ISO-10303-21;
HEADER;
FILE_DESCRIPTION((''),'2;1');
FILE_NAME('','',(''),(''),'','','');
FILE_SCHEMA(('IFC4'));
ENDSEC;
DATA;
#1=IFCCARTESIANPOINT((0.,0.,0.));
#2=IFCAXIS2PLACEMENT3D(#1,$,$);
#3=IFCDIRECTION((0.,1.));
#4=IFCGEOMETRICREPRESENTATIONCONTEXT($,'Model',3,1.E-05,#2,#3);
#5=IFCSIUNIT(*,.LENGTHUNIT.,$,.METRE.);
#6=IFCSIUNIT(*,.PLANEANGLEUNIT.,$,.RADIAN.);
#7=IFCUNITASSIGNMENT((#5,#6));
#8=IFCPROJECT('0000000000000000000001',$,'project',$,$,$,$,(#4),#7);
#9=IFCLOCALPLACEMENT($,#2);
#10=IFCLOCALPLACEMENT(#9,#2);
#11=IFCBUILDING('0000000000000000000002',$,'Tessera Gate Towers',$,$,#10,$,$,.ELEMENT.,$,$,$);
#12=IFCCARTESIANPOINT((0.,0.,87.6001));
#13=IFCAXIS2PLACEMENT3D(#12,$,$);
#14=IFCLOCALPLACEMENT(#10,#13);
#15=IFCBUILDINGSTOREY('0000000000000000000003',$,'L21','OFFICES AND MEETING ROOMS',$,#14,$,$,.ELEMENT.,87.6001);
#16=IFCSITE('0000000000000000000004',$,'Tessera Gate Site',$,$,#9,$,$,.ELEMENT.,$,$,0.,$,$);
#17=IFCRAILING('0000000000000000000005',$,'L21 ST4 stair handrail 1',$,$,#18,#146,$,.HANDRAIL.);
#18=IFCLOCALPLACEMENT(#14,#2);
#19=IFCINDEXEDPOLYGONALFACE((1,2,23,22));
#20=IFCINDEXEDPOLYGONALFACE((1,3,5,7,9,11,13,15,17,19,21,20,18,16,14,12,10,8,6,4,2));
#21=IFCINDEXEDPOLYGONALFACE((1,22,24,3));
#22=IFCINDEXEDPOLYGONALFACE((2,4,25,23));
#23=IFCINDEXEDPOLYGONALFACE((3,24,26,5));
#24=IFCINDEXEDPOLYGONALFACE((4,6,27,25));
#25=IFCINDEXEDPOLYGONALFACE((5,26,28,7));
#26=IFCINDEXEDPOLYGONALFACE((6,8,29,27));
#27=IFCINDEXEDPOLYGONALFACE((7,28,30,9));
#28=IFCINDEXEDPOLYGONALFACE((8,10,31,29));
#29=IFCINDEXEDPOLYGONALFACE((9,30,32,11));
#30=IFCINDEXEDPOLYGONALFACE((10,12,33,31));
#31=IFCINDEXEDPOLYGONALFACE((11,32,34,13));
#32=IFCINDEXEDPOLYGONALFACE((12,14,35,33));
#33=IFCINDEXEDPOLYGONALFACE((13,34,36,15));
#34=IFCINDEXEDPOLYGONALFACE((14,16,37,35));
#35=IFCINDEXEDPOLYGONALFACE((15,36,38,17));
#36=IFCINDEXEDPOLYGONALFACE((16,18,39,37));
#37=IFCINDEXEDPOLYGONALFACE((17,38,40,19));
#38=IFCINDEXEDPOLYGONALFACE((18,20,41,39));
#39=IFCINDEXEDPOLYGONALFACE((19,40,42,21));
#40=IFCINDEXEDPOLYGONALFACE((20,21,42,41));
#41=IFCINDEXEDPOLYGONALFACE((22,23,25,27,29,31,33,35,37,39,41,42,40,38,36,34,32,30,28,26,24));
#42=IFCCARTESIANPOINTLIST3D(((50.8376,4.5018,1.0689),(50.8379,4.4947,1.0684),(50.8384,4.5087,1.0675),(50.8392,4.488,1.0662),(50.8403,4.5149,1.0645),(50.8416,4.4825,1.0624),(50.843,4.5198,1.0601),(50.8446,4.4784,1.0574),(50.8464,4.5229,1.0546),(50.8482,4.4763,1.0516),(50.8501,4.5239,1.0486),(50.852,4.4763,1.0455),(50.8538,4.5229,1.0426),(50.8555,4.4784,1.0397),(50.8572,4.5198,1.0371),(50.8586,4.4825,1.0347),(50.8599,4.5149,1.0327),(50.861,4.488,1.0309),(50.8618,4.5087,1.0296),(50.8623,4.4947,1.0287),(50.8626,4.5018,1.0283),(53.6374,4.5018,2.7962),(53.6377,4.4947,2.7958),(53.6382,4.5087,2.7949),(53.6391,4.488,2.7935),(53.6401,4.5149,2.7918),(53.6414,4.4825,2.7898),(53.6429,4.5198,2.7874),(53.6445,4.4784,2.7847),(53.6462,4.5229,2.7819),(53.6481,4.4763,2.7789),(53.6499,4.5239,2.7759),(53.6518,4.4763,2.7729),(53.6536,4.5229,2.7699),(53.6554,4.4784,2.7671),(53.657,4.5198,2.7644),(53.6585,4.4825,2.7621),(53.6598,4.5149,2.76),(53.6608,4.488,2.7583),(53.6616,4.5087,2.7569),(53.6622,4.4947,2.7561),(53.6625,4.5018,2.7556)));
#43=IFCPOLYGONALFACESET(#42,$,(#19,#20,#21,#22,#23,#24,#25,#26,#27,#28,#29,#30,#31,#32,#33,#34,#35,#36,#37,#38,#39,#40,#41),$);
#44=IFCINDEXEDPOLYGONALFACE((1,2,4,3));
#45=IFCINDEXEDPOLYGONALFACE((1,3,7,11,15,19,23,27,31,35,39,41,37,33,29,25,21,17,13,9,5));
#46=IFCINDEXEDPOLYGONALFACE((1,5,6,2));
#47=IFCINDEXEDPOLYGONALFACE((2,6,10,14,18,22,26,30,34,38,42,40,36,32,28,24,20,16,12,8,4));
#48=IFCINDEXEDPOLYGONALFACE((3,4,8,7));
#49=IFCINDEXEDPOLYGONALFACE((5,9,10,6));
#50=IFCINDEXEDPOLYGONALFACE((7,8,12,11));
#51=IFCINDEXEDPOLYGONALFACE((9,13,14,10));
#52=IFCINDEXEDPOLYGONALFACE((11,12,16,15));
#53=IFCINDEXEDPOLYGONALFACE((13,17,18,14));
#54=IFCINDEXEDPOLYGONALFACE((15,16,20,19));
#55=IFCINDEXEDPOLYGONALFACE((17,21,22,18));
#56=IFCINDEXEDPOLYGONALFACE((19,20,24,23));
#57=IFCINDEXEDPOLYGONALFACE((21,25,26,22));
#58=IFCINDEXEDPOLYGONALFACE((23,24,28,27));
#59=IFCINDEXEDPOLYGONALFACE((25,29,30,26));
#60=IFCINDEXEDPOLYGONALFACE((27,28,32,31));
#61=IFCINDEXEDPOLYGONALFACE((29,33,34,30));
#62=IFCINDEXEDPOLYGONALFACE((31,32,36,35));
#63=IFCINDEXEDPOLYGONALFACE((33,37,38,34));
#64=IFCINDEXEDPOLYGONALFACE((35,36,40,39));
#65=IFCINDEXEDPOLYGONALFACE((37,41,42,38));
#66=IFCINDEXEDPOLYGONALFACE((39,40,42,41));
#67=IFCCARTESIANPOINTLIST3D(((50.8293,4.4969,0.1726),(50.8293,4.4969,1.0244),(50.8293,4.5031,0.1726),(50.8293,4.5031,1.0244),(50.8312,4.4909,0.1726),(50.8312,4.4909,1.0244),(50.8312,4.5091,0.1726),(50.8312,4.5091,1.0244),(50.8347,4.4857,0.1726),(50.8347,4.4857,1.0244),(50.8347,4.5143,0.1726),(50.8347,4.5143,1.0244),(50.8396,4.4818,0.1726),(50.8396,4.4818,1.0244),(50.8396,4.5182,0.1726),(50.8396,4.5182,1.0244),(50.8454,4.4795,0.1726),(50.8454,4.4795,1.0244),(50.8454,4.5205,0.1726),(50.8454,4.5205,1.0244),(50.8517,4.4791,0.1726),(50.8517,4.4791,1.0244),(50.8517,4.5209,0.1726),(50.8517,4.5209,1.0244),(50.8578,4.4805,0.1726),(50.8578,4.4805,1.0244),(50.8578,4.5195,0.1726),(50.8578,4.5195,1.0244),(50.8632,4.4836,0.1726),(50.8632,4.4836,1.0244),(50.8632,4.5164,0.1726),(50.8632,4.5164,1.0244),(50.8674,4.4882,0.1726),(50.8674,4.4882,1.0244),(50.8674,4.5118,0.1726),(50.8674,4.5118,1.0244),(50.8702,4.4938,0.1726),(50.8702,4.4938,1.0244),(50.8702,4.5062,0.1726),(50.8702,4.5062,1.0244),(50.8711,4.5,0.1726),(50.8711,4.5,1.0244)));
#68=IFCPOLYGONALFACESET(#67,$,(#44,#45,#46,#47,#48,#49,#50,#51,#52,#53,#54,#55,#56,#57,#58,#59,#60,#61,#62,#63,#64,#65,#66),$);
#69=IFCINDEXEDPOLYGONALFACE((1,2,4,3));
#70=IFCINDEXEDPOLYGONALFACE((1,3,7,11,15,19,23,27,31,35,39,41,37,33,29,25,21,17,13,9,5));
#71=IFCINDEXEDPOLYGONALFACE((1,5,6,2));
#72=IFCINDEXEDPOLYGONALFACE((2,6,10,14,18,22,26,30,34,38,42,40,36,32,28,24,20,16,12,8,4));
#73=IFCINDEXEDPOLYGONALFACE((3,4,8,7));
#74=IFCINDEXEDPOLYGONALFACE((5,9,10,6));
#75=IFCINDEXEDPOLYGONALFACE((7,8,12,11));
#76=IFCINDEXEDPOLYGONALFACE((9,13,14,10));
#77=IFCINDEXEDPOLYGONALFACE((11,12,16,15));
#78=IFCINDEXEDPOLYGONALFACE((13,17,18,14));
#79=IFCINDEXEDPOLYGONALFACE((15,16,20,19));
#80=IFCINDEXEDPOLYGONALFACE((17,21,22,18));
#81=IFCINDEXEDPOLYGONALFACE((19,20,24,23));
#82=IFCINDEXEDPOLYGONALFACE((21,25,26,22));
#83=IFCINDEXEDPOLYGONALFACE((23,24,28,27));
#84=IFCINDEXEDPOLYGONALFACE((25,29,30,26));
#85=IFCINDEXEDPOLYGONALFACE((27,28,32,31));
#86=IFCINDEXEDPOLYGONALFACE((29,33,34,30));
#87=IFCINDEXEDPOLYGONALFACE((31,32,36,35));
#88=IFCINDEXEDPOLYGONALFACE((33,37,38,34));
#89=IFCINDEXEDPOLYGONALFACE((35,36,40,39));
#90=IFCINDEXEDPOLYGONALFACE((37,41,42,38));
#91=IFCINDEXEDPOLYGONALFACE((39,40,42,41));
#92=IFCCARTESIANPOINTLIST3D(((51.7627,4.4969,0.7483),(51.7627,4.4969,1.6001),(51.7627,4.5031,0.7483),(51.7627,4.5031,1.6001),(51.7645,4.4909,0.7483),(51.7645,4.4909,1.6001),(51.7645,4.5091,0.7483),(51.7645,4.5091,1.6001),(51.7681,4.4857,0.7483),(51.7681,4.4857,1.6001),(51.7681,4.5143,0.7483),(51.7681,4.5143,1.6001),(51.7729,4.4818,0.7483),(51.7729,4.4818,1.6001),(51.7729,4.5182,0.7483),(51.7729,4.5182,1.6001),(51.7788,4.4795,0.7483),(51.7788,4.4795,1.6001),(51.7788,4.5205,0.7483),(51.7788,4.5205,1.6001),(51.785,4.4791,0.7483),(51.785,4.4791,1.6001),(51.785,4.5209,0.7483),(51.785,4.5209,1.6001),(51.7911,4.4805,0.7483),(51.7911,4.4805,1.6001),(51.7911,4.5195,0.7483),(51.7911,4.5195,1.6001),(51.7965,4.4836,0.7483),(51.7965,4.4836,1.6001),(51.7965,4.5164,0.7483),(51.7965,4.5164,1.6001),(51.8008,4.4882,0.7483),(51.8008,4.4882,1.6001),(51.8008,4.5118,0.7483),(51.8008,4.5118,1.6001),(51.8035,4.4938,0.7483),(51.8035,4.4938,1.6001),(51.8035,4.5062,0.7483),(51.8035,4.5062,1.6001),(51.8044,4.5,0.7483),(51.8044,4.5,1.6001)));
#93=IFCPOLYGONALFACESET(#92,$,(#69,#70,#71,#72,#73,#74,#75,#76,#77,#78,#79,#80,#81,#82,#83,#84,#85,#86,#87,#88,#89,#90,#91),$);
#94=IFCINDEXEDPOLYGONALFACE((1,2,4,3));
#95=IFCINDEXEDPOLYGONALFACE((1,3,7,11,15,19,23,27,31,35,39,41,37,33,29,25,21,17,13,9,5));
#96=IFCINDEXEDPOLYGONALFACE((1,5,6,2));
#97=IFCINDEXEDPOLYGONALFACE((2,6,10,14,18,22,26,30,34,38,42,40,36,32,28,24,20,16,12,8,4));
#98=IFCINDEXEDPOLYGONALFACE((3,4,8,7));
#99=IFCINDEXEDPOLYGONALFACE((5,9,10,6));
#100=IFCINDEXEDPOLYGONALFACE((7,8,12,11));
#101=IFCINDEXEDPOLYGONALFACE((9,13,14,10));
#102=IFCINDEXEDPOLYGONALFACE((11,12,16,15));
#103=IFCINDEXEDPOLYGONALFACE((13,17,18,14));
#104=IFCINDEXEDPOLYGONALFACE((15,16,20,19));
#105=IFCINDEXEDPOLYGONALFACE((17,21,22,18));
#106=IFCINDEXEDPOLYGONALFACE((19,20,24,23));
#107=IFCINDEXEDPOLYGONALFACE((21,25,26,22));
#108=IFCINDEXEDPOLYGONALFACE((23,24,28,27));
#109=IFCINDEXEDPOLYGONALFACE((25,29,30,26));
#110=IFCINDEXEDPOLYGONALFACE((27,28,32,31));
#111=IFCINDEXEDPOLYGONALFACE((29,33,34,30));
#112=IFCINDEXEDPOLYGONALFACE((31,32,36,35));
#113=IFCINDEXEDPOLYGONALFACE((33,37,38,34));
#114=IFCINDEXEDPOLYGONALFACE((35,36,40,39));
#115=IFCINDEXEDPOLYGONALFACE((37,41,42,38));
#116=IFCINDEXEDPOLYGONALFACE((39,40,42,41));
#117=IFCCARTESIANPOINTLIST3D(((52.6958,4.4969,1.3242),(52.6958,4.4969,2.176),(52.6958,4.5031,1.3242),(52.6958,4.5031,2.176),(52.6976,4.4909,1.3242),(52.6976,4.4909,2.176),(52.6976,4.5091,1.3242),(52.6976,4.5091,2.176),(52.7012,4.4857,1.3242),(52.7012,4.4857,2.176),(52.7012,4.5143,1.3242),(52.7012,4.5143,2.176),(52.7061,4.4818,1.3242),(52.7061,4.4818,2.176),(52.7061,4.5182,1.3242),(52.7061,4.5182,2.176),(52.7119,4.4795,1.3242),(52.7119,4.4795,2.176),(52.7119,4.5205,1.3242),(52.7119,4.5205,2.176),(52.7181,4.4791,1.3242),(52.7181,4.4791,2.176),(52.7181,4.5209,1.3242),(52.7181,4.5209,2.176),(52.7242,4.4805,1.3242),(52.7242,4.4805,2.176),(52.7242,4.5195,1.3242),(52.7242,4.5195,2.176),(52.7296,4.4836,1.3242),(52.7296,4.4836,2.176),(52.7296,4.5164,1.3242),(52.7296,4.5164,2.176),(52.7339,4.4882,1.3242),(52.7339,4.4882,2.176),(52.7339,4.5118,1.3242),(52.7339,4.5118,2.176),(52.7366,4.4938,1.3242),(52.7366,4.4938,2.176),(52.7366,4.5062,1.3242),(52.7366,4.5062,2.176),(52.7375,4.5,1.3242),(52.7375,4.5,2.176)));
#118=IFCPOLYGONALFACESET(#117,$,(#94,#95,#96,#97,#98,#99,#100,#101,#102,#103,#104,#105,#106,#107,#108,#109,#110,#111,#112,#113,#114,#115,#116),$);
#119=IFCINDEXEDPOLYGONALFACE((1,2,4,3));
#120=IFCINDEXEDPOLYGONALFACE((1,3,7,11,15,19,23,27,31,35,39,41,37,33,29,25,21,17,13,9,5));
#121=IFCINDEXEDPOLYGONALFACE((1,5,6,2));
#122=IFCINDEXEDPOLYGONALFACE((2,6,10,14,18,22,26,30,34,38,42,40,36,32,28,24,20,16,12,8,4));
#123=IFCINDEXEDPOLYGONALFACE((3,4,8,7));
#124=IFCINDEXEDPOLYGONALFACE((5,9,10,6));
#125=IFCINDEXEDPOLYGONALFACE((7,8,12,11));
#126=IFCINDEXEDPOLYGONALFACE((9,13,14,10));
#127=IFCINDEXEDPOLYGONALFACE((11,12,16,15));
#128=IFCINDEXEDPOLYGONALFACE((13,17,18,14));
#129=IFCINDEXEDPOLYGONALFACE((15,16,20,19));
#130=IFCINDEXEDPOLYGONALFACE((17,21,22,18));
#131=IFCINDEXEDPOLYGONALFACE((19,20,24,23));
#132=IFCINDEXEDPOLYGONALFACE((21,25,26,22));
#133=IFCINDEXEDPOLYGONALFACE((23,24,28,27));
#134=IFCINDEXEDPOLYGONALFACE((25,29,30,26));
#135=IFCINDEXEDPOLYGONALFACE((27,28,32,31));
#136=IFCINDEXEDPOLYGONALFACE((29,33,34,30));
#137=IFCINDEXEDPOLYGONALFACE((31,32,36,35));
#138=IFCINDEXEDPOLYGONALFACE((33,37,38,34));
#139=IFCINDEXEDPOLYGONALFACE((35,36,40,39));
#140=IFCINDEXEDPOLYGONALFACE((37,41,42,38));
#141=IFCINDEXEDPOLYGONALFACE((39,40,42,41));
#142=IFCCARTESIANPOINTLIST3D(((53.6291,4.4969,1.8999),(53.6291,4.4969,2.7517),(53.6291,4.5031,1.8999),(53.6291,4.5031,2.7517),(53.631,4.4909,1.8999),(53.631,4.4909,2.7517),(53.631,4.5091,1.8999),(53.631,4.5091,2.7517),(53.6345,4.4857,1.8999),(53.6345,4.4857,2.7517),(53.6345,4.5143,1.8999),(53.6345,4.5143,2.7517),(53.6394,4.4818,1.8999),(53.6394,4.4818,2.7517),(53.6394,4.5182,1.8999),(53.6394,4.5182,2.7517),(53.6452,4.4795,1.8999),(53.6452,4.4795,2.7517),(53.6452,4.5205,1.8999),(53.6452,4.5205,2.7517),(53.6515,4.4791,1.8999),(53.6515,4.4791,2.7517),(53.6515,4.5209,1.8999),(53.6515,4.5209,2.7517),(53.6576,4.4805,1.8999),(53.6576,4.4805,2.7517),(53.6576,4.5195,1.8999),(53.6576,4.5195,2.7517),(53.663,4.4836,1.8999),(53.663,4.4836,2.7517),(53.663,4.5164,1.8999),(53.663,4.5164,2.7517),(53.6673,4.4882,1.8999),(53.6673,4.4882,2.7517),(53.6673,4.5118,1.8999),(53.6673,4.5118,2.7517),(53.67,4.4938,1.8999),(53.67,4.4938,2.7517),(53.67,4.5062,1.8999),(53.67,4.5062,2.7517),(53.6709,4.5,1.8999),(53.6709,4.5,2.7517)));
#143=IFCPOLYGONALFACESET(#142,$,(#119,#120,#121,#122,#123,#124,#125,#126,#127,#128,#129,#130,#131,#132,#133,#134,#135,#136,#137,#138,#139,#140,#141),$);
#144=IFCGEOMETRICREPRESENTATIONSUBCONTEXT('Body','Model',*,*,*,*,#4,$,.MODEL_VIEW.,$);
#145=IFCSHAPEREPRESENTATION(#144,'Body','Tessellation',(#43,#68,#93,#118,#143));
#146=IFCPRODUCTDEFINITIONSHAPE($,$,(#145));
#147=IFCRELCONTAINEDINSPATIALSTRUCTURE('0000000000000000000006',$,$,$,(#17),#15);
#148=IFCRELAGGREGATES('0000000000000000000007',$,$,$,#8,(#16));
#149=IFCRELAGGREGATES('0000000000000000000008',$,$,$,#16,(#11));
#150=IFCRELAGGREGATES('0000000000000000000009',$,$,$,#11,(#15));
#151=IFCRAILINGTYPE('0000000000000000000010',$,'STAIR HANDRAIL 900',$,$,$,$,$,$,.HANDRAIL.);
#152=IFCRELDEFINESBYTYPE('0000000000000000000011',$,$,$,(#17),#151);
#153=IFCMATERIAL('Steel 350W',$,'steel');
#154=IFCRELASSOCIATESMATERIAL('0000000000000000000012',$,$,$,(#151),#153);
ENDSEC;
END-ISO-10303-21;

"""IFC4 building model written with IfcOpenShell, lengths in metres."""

from ifc_helpers import new_model, si_unit, direction, frame, origin, origin_2d, place, context, subcontext, project, spatial, circle, extrude, material, type_object, element, save


model = new_model("IFC4")

# Units and contexts
model_context = context("Model", 3, precision=1e-05, world=origin(), true_north=direction((0.0, 1.0)))
body_context = subcontext(model_context, "Body", "Model", "MODEL_VIEW")
ifc_project = project(units=[si_unit("LENGTHUNIT", "METRE"), si_unit("PLANEANGLEUNIT", "RADIAN")], contexts=[model_context])

# Site, building, storey
site_placement = place(None, origin())
site = spatial("IfcSite", under=ifc_project, at=site_placement, Name="Tessera Gate Site", CompositionType="ELEMENT", RefElevation=0.0)
building_placement = place(site_placement, origin())
building = spatial("IfcBuilding", under=site, at=building_placement, Name="Tessera Gate Towers", CompositionType="ELEMENT")
storey_placement = place(building_placement, frame((0.0, 0.0, 87.6001)))
storey = spatial("IfcBuildingStorey", under=building, at=storey_placement, Name="L21", Description="OFFICES AND MEETING ROOMS", CompositionType="ELEMENT", Elevation=87.6001)

# Railing
ifc_material_1 = material(Name="Steel 350W", Category="steel")
railing_type_1 = type_object("IfcRailingType", Name="STAIR HANDRAIL 900", PredefinedType="HANDRAIL", material=ifc_material_1)
railing_1_placement = place(storey_placement, frame((50.8501, 4.5, 0.1726)))
element("IfcRailing", 1, at=railing_1_placement, inside=storey, type_object=railing_type_1, Name="L21 ST4 stair handrail 1", PredefinedType="HANDRAIL", context=body_context, shape_type="SweptSolid", body=[
    extrude(circle(Radius=0.0239, at=origin_2d()), frame((0.0, 0.0, 0.876), z_axis=(0.851069, 0.0, 0.525054), x_axis=(0.0, 1.0, 0.0)), (0.0, 0.0, 1.0), 3.2898),
    extrude(circle(Radius=0.021, at=origin_2d()), origin(), (0.0, 0.0, 1.0), 0.8518),
    extrude(circle(Radius=0.021, at=origin_2d()), frame((0.9333, 0.0, 0.5757)), (0.0, 0.0, 1.0), 0.8518),
    extrude(circle(Radius=0.021, at=origin_2d()), frame((1.8665, 0.0, 1.1516)), (0.0, 0.0, 1.0), 0.8518),
    extrude(circle(Radius=0.021, at=origin_2d()), frame((2.7998, 0.0, 1.7273)), (0.0, 0.0, 1.0), 0.8518),
])

save(model, "model.ifc")
